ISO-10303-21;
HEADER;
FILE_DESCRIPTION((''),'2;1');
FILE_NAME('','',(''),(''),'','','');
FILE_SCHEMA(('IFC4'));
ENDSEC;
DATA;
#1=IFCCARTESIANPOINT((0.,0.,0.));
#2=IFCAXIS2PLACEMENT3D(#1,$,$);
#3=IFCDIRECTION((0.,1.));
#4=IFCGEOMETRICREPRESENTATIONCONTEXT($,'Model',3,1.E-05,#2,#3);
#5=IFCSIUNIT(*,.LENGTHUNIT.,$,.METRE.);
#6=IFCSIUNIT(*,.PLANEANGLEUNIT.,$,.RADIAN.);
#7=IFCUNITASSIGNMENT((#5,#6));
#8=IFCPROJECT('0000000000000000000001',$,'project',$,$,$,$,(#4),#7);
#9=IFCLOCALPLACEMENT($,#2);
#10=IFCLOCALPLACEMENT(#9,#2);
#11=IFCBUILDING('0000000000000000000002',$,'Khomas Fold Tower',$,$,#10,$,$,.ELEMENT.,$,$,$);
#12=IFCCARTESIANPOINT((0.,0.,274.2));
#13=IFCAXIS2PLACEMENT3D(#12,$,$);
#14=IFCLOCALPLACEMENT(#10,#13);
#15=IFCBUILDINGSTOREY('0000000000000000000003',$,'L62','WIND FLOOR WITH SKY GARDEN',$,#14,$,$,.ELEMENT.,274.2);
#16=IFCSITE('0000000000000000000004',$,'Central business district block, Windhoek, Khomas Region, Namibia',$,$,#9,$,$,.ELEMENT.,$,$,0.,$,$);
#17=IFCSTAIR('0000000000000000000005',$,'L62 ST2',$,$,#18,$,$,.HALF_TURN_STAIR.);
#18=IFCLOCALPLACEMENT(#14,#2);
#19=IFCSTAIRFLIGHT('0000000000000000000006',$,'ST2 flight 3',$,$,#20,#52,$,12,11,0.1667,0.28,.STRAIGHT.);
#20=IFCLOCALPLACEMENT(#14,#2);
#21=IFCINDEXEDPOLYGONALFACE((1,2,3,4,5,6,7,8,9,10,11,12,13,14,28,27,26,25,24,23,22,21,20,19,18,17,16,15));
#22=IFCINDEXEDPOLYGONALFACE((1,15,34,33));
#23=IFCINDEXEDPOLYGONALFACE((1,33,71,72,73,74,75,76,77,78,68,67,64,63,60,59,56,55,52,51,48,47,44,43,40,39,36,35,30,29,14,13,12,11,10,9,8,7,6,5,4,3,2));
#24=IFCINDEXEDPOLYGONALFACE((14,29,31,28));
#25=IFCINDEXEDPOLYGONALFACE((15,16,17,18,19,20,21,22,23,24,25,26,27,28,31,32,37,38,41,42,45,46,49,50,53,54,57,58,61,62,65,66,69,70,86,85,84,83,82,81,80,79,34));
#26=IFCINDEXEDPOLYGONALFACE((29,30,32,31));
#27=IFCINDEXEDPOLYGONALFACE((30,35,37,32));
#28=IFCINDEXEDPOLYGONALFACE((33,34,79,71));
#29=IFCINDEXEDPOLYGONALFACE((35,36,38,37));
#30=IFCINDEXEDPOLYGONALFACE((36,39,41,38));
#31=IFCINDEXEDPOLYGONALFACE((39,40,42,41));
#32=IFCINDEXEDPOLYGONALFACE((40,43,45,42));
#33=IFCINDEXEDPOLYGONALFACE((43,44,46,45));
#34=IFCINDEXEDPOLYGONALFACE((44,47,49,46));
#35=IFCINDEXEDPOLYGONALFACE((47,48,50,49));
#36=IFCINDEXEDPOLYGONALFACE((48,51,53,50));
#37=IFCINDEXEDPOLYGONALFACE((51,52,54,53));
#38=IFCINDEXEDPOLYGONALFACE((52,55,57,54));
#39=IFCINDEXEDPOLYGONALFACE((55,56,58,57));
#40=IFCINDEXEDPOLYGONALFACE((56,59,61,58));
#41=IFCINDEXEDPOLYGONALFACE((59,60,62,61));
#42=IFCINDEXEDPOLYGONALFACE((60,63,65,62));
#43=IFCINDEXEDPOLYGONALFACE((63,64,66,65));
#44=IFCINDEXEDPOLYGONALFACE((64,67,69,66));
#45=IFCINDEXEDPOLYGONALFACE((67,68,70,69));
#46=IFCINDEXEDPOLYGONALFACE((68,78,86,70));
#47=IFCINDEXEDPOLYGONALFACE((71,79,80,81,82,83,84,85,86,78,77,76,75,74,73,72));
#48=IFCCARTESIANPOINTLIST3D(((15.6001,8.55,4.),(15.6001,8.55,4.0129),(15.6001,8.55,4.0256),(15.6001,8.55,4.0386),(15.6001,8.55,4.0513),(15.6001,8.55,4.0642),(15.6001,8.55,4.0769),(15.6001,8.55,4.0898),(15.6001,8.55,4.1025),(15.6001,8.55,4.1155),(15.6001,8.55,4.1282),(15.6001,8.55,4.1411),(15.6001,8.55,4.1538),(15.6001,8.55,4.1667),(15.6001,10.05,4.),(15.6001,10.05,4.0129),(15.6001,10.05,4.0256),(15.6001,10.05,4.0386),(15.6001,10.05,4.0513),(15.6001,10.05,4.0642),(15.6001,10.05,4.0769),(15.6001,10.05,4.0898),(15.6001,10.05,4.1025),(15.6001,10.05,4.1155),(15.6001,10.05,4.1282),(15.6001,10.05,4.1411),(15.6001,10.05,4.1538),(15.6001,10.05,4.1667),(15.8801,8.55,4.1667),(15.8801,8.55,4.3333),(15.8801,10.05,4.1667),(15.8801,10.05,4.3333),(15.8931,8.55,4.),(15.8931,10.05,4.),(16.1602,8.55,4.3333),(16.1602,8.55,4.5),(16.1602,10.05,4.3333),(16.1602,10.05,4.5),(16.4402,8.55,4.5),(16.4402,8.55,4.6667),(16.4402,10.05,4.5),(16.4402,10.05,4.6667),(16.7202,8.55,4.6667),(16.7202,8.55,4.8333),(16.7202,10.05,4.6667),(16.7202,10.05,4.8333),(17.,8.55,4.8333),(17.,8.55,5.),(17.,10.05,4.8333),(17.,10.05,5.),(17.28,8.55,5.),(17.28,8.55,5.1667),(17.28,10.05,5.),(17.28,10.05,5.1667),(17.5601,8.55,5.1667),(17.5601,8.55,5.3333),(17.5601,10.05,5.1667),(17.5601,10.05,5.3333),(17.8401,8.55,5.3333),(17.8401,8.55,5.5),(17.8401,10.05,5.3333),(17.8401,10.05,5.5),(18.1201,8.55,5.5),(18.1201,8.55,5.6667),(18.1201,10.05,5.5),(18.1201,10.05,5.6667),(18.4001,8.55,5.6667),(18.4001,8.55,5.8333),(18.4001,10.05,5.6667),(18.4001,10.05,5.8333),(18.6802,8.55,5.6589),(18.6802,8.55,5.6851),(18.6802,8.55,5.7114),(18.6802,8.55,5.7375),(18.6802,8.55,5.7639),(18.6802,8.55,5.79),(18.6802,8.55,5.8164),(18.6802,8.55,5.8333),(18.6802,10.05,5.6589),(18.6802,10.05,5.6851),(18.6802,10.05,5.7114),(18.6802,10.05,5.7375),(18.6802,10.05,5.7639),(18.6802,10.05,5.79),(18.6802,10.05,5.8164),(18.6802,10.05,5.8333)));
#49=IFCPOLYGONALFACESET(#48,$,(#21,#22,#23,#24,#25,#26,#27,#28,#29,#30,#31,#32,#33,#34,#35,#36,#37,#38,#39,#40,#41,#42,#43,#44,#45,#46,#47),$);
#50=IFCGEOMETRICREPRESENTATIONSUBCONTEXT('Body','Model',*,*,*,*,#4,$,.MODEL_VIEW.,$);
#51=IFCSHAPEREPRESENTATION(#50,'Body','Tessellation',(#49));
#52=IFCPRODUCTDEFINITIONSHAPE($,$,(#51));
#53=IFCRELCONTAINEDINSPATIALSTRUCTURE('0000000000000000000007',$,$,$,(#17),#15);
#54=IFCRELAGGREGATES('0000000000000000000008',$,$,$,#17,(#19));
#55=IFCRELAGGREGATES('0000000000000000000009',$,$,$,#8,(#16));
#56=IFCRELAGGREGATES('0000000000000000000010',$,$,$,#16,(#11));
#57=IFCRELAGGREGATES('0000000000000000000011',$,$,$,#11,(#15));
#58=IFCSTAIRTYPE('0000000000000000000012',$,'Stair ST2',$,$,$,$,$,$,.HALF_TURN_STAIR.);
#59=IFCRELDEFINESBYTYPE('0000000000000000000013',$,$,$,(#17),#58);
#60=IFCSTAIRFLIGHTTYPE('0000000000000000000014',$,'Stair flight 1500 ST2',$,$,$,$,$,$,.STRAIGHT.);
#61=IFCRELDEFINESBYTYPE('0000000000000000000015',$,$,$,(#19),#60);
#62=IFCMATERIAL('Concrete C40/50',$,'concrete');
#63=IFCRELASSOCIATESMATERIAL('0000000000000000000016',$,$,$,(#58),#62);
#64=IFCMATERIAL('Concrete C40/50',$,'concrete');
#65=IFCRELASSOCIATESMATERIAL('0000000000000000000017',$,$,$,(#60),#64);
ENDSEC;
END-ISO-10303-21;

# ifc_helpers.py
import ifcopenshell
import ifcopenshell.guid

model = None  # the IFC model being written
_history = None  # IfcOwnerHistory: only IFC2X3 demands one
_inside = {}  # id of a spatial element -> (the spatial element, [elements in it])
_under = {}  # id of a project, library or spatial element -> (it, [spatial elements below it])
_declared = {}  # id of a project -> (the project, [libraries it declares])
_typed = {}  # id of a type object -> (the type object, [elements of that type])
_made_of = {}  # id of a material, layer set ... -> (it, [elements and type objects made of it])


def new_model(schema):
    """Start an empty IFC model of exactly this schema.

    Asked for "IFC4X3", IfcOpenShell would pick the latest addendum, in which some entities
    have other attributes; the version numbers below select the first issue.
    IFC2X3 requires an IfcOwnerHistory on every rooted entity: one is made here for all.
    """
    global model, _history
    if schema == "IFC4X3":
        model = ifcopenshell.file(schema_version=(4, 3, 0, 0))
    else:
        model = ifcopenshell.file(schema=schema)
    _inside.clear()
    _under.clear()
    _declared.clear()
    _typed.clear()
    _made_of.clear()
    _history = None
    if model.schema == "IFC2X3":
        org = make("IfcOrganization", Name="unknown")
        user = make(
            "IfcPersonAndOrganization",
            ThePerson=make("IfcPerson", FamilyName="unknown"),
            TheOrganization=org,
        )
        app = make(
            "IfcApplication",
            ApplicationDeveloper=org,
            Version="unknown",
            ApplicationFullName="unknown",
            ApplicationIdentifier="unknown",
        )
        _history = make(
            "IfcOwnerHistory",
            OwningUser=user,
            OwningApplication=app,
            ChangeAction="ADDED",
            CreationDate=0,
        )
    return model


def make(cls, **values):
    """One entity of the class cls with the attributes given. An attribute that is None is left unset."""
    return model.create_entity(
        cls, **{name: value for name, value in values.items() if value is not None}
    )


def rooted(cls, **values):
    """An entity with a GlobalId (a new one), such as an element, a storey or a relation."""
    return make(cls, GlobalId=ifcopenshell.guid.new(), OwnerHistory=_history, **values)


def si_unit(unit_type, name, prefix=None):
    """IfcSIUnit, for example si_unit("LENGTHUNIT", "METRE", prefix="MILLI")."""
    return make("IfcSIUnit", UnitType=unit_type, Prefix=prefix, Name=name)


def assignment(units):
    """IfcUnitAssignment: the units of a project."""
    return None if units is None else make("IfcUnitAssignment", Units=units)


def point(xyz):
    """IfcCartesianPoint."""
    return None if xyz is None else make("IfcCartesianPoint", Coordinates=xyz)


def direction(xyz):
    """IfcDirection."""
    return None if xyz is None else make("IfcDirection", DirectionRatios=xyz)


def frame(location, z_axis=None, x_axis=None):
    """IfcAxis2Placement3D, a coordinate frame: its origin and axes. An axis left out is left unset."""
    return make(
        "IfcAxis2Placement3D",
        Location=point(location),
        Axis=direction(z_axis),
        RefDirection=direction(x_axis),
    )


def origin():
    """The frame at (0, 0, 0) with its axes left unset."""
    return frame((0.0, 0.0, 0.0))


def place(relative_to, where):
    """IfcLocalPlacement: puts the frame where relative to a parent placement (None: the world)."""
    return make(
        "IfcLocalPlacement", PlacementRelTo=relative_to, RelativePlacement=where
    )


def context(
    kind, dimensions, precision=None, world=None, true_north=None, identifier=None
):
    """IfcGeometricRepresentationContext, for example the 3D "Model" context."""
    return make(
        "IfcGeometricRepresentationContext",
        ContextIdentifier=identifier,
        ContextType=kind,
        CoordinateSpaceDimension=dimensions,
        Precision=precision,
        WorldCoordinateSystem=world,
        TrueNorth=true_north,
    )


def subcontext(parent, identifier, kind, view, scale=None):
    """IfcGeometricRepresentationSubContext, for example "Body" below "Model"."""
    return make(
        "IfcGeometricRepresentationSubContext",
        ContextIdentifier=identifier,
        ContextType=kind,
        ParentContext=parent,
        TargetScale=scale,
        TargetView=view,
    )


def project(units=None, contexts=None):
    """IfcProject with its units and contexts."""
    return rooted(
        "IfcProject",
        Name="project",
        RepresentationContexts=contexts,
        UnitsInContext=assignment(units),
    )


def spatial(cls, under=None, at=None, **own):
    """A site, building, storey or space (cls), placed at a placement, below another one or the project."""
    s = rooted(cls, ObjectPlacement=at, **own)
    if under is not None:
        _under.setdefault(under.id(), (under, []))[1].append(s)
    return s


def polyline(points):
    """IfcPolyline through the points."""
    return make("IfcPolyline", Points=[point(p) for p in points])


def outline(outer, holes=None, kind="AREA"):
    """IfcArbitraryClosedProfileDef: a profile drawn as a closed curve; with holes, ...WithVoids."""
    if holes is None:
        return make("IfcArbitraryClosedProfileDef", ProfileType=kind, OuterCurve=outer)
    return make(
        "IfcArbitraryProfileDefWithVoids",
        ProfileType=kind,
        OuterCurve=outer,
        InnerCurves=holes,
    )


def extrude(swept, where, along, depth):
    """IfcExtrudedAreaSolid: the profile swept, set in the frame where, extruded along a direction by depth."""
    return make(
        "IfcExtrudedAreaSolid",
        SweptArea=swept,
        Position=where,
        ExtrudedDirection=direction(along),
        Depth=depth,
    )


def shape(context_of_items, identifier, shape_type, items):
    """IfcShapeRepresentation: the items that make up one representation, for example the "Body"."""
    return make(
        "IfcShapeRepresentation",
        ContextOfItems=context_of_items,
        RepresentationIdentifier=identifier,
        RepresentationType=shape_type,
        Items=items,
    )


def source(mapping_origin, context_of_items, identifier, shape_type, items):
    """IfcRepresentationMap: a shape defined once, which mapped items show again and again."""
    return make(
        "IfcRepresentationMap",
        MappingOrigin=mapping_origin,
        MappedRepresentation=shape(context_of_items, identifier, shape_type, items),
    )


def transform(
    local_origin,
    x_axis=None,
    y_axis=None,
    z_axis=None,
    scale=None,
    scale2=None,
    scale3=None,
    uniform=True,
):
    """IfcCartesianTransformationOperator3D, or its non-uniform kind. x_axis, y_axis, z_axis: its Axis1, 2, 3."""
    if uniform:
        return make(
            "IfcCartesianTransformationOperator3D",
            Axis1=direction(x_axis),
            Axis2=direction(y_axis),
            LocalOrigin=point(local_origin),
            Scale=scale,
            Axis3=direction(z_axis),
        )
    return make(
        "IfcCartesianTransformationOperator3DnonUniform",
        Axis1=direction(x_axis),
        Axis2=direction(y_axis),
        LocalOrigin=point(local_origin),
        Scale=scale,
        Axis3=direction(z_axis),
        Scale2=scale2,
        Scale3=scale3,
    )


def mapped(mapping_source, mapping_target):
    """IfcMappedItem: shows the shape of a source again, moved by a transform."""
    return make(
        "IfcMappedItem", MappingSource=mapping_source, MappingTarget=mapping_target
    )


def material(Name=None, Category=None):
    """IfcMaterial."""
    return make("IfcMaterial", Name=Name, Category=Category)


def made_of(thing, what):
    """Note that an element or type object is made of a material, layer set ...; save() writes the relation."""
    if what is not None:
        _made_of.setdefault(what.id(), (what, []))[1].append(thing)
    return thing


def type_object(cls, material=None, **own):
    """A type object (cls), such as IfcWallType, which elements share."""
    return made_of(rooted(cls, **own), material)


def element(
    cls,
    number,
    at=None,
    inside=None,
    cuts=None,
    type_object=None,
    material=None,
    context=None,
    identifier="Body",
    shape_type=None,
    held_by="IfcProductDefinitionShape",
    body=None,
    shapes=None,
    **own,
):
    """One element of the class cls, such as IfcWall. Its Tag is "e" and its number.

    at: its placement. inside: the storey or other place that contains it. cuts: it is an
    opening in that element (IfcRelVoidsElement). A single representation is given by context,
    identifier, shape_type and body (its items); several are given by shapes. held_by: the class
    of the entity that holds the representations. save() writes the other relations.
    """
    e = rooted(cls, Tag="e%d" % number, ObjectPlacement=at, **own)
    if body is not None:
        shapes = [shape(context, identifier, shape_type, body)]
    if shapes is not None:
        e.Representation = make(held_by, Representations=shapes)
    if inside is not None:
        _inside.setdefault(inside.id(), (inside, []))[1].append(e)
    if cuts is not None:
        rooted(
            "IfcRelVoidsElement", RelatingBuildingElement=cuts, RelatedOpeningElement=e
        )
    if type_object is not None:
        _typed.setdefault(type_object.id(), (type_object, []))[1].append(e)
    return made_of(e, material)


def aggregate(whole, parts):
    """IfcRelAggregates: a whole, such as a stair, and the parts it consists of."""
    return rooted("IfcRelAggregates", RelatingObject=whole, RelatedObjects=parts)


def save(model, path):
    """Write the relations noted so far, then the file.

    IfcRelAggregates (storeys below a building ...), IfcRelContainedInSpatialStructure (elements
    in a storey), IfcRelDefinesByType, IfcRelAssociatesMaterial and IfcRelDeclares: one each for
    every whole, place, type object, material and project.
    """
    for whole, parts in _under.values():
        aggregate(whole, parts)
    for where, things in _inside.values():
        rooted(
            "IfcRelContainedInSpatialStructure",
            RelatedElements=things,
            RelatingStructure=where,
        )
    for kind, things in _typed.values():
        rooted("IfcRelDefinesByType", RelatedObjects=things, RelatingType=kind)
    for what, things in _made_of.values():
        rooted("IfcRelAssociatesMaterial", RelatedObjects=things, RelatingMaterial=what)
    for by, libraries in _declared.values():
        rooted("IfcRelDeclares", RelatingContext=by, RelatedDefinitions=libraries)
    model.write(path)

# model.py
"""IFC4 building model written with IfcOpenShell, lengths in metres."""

from ifc_helpers import new_model, si_unit, direction, frame, origin, place, context, subcontext, project, spatial, polyline, outline, extrude, source, transform, mapped, material, type_object, element, aggregate, save


model = new_model("IFC4")

# Units and contexts
model_context = context("Model", 3, precision=1e-05, world=origin(), true_north=direction((0.0, 1.0)))
body_context = subcontext(model_context, "Body", "Model", "MODEL_VIEW")
ifc_project = project(units=[si_unit("LENGTHUNIT", "METRE"), si_unit("PLANEANGLEUNIT", "RADIAN")], contexts=[model_context])

# Site, building, storey
site_placement = place(None, origin())
site = spatial("IfcSite", under=ifc_project, at=site_placement, Name="Central business district block, Windhoek, Khomas Region, Namibia", CompositionType="ELEMENT", RefElevation=0.0)
building_placement = place(site_placement, origin())
building = spatial("IfcBuilding", under=site, at=building_placement, Name="Khomas Fold Tower", CompositionType="ELEMENT")
storey_placement = place(building_placement, frame((0.0, 0.0, 274.2)))
storey = spatial("IfcBuildingStorey", under=building, at=storey_placement, Name="L62", Description="WIND FLOOR WITH SKY GARDEN", CompositionType="ELEMENT", Elevation=274.2)

# Stair, stair flight
ifc_material_1 = material(Name="Concrete C40/50", Category="concrete")
stair_type = type_object("IfcStairType", Name="Stair ST2", PredefinedType="HALF_TURN_STAIR", material=ifc_material_1)
stair_placement = place(storey_placement, origin())
stair = element("IfcStair", 1, at=stair_placement, inside=storey, type_object=stair_type, Name="L62 ST2", PredefinedType="HALF_TURN_STAIR")
ifc_material_2 = material(Name="Concrete C40/50", Category="concrete")
stair_flight_type = type_object("IfcStairFlightType", Name="Stair flight 1500 ST2", PredefinedType="STRAIGHT", material=ifc_material_2)
shared_shape_1 = source(origin(), body_context, "Body", "SweptSolid", [
    extrude(outline(polyline([(0.0, 0.0), (0.0, 0.0129), (0.0, 0.0256), (0.0, 0.0386), (0.0, 0.0513), (0.0, 0.0642), (0.0, 0.0769), (0.0, 0.0898), (0.0, 0.1025), (0.0, 0.1155), (0.0, 0.1282), (0.0, 0.1411), (0.0, 0.1538), (0.0, 0.1667), (0.28, 0.1667), (0.28, 0.3333), (0.5601, 0.3333), (0.5601, 0.5), (0.8401, 0.5), (0.8401, 0.6667), (1.1201, 0.6667), (1.1201, 0.8333), (1.3999, 0.8333), (1.3999, 1.0), (1.6799, 1.0), (1.6799, 1.1667), (1.96, 1.1667), (1.96, 1.3333), (2.24, 1.3333), (2.24, 1.5), (2.52, 1.5), (2.52, 1.6667), (2.8, 1.6667), (2.8, 1.8333), (3.0801, 1.8333), (3.0801, 2.0), (3.0801, 1.9739), (3.0801, 1.9475), (3.0801, 1.9214), (3.0801, 1.895), (3.0801, 1.8689), (3.0801, 1.8425), (3.0801, 1.8164), (3.0801, 1.79), (3.0801, 1.7639), (3.0801, 1.7375), (3.0801, 1.7114), (3.0801, 1.6851), (3.0801, 1.6589), (0.293, 0.0), (0.0, 0.0)])), frame((0.0, 0.75, 0.0), z_axis=(0.0, -1.0, 0.0), x_axis=(1.0, 0.0, 0.0)), (0.0, 0.0, 1.0), 1.5),
])
stair_flight_1_placement = place(storey_placement, frame((15.6001, 9.3, 4.0), z_axis=(0.0, 0.0, 1.0), x_axis=(1.0, 0.0, 0.0)))
stair_flight_1 = element("IfcStairFlight", 2, at=stair_flight_1_placement, type_object=stair_flight_type, Name="ST2 flight 3", NumberOfRisers=12, NumberOfTreads=11, PredefinedType="STRAIGHT", RiserHeight=0.1667, TreadLength=0.28, context=body_context, shape_type="MappedRepresentation", body=[
    mapped(shared_shape_1, transform((0.0, 0.0, 0.0))),
])
aggregate(stair, [stair_flight_1])

save(model, "model.ifc")
